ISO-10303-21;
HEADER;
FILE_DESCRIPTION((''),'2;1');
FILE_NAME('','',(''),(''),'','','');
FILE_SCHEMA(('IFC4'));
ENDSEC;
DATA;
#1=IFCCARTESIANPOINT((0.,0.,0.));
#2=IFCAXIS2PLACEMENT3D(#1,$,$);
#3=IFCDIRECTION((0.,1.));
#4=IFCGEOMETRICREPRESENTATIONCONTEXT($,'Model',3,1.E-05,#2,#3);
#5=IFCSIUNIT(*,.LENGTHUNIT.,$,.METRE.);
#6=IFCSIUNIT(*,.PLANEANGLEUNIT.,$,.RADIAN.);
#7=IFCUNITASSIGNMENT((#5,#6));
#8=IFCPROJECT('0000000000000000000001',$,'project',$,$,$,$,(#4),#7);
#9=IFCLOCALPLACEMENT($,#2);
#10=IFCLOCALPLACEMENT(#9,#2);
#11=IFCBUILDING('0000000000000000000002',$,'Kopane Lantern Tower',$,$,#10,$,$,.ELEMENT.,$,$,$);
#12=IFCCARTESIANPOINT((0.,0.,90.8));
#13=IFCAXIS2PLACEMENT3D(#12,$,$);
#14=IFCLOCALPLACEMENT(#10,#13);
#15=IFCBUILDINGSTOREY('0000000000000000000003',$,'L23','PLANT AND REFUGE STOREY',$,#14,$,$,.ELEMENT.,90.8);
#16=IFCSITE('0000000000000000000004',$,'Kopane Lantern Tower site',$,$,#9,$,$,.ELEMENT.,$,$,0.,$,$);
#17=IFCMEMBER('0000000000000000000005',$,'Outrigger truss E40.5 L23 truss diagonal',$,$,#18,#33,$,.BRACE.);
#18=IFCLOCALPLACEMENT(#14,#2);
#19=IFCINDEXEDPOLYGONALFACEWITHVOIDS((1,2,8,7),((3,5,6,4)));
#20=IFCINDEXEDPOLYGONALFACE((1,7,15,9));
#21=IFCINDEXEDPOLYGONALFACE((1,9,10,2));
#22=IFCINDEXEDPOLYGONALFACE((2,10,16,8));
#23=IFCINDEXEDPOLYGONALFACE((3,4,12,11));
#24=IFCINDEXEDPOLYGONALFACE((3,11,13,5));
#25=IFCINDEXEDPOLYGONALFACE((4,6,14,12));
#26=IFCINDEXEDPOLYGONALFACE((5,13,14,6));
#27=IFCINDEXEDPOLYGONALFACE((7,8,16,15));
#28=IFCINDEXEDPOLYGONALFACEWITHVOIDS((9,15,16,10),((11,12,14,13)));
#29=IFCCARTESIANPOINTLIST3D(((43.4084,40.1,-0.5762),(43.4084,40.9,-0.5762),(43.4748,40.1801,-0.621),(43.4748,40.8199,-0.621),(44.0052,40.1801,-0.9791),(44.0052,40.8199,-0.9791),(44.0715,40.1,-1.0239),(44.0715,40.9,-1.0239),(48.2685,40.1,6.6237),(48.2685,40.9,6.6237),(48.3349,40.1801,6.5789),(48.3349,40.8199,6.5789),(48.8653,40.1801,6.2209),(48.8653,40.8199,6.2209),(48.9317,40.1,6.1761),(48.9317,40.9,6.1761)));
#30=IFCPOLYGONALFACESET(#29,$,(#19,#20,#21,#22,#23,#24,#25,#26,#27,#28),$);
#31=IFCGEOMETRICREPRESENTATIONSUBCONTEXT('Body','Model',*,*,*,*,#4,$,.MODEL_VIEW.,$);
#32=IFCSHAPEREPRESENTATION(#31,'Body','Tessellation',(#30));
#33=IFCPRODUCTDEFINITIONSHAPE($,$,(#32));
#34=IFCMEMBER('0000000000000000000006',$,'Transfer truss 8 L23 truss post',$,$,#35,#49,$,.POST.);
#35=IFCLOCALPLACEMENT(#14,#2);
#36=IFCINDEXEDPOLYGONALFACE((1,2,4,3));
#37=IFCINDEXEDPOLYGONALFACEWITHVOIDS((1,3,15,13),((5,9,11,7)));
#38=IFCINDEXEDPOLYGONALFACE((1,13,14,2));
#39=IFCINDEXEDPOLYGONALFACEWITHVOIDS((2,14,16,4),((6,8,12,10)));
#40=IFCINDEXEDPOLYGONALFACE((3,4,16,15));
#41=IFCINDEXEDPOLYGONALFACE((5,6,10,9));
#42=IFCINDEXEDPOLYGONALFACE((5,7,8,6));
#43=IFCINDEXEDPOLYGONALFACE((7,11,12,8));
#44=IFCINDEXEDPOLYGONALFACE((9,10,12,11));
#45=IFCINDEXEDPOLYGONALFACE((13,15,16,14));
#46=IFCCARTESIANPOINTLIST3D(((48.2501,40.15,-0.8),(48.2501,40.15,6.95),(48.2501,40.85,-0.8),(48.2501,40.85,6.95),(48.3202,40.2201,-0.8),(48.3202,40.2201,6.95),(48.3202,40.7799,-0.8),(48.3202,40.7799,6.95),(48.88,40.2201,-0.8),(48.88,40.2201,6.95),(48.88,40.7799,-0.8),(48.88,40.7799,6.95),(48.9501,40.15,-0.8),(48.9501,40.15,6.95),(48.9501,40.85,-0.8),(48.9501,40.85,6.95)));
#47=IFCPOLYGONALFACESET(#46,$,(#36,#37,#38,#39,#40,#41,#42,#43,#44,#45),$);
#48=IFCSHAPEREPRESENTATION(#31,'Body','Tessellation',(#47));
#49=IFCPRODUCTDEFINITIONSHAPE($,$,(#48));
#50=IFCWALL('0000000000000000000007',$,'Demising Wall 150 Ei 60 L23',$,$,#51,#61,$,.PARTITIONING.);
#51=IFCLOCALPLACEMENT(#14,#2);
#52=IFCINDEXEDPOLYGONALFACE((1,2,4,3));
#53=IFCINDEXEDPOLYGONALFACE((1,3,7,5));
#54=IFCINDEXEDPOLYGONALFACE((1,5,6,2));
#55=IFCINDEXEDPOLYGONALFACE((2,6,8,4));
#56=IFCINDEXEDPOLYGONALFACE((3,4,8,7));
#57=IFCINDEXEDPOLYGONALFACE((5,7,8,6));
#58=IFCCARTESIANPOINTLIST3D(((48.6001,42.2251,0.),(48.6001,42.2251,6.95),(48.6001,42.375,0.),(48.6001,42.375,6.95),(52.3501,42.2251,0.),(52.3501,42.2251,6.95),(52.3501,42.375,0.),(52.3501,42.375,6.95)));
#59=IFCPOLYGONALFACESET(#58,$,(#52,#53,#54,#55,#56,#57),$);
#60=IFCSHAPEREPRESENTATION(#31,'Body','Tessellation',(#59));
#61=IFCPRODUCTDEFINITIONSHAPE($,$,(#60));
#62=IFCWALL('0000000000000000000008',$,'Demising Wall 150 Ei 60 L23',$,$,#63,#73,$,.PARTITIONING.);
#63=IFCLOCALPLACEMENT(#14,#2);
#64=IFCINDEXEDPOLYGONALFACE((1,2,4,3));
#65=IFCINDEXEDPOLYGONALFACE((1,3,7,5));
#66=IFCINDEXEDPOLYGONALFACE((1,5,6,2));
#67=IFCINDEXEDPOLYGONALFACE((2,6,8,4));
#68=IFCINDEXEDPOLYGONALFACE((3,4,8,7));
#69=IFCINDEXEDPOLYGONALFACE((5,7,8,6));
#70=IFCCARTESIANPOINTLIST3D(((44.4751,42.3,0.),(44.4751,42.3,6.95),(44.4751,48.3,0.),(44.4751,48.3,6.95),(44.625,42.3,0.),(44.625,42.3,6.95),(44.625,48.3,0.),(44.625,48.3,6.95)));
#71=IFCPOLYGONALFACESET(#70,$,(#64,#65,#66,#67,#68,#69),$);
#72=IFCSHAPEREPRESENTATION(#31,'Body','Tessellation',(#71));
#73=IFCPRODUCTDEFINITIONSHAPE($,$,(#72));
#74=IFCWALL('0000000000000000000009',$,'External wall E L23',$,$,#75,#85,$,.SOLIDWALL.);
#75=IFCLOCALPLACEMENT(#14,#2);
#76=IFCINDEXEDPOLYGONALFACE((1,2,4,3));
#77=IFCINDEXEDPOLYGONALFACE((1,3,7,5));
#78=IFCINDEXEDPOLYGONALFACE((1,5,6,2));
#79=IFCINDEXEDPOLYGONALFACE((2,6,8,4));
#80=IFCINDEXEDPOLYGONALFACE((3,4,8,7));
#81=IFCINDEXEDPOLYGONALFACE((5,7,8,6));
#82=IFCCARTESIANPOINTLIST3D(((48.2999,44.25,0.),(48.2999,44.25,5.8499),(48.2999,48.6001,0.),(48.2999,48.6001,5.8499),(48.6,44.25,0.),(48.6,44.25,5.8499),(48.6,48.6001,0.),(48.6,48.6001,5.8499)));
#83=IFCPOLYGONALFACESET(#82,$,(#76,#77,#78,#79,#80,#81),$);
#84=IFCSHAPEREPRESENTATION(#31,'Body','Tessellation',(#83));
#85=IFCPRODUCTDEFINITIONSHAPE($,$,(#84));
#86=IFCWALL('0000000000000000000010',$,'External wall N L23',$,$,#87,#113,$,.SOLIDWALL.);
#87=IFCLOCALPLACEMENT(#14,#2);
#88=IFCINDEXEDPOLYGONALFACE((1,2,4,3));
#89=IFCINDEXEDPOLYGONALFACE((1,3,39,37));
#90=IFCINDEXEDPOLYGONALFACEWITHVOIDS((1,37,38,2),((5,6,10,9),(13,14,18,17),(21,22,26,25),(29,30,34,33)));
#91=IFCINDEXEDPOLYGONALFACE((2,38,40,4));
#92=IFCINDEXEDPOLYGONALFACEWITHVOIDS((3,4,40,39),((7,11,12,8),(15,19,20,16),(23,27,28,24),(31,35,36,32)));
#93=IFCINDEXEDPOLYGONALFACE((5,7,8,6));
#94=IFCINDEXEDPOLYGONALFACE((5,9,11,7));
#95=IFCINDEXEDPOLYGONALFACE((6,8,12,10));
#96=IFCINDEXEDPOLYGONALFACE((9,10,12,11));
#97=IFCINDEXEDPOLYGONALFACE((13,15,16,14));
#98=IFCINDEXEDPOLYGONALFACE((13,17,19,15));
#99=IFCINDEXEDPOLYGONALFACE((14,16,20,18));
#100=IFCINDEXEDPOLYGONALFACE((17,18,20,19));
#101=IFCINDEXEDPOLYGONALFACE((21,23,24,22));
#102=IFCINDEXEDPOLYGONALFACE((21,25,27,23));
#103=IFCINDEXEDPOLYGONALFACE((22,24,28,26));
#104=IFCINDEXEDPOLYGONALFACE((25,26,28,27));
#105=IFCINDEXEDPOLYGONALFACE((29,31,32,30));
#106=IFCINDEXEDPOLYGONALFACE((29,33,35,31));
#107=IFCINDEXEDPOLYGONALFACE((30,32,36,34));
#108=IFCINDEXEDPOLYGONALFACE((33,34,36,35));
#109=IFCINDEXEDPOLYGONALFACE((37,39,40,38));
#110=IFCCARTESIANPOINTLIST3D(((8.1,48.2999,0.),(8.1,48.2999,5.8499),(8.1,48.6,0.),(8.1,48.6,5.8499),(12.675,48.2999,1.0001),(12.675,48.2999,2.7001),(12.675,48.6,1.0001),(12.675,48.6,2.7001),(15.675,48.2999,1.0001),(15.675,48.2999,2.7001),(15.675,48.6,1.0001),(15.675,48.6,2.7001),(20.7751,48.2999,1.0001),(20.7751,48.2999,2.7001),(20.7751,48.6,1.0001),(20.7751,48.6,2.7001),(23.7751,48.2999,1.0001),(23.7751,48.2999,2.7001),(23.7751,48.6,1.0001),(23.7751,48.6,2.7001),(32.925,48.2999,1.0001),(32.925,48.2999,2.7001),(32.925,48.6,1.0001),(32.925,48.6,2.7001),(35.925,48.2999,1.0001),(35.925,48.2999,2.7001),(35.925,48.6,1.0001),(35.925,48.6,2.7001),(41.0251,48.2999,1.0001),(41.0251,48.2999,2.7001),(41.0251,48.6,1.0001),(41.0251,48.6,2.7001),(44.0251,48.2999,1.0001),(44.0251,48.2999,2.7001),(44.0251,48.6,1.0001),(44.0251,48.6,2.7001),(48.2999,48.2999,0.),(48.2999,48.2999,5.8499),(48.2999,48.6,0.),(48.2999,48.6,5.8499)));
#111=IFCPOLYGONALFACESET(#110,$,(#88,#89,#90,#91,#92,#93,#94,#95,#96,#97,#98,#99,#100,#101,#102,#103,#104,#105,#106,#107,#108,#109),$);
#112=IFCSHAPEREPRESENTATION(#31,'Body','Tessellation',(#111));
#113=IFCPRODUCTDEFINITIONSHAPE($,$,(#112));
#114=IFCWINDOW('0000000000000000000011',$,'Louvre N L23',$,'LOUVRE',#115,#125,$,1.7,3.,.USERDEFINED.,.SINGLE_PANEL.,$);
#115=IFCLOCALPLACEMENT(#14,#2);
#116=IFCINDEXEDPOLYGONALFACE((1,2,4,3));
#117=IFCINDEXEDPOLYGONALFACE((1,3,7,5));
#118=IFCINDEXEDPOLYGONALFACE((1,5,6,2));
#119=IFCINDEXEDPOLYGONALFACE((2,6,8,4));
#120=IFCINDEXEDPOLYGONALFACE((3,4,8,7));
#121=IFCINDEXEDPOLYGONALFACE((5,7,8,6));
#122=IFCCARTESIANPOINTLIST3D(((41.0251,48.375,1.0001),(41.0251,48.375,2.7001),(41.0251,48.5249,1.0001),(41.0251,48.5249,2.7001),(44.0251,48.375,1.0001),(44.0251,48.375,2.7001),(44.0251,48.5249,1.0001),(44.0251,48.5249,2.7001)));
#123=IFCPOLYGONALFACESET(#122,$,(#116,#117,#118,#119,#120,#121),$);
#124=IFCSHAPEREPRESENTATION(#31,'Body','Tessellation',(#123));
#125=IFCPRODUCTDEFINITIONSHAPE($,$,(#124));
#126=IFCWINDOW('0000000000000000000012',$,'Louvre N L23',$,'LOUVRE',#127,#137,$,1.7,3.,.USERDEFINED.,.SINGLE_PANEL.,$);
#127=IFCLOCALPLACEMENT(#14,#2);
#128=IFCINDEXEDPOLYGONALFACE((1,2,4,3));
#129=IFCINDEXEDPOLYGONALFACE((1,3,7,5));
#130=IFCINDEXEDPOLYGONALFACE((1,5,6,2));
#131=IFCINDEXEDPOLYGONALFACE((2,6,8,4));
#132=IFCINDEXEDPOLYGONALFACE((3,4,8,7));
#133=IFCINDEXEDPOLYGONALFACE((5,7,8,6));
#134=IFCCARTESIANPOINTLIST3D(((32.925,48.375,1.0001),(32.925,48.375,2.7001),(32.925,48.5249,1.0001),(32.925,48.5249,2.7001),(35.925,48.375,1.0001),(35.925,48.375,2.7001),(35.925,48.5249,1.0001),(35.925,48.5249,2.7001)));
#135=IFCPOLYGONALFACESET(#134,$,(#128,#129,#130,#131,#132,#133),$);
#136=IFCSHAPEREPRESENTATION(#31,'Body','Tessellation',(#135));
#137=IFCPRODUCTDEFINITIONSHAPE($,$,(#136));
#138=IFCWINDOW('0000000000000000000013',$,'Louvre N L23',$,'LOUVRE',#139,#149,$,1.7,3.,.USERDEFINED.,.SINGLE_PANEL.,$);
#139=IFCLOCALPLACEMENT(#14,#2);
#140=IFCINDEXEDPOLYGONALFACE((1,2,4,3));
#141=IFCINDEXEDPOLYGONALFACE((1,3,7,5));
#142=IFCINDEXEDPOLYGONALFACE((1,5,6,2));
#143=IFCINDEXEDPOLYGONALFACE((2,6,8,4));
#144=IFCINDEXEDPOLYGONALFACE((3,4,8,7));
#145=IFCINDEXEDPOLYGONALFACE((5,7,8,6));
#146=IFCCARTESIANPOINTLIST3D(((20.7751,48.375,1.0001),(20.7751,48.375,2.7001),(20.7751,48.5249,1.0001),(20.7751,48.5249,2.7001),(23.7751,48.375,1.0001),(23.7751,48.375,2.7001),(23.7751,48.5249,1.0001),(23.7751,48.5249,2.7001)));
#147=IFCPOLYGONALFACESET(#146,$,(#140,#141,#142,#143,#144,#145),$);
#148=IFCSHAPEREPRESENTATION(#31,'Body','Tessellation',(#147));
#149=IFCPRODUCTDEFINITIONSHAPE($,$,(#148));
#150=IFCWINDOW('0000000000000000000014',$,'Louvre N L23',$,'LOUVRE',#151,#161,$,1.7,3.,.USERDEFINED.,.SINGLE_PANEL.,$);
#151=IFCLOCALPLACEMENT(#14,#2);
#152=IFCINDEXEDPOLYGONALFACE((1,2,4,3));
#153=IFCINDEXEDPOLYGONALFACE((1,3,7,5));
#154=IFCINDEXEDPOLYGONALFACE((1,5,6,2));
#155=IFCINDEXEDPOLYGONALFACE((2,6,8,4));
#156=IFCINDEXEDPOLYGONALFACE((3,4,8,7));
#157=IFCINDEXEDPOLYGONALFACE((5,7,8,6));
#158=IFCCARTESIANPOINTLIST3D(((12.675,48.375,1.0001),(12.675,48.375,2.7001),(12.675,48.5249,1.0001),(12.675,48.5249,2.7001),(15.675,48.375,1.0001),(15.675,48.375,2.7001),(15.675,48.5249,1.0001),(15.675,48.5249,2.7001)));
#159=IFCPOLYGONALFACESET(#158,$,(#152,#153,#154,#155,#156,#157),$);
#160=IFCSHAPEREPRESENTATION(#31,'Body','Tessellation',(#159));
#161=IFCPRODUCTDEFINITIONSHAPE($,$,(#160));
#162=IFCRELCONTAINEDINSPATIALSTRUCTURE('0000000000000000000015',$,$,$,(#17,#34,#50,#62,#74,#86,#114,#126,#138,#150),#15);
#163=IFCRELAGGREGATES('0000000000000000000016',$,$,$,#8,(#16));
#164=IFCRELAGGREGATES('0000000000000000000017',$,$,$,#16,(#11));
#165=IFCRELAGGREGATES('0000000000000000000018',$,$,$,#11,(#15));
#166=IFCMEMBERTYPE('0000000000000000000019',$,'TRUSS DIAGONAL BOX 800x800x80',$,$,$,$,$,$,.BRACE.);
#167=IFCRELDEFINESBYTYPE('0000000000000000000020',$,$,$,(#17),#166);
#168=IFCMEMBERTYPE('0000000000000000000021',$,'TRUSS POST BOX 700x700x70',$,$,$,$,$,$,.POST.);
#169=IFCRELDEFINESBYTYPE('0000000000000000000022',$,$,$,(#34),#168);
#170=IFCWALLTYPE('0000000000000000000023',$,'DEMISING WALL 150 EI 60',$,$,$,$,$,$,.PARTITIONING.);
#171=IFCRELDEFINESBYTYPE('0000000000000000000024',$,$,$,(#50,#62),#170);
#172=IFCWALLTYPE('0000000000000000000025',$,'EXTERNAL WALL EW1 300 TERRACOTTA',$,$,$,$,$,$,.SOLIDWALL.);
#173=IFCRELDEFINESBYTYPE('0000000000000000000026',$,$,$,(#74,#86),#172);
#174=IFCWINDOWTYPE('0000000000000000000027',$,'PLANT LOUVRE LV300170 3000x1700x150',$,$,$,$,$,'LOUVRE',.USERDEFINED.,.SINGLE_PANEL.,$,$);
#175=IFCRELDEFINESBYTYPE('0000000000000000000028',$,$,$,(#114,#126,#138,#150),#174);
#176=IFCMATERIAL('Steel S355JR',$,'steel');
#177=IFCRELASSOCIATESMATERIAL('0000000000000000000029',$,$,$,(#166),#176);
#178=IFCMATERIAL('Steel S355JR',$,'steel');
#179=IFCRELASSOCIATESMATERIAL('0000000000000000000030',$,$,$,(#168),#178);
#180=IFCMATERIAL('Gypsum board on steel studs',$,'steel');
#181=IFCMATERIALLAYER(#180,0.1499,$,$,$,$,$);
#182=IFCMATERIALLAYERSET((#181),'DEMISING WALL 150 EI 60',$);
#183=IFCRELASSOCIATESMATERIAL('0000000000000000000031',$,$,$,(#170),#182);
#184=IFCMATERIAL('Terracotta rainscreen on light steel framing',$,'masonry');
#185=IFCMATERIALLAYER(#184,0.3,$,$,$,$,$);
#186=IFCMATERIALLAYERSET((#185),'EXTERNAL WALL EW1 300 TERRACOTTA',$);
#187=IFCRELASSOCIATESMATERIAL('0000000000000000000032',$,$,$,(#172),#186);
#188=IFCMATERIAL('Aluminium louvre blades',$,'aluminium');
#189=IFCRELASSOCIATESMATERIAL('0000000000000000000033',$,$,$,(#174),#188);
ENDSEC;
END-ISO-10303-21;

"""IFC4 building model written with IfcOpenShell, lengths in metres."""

from ifc_helpers import new_model, si_unit, direction, frame, frame_2d, origin, origin_2d, place, context, subcontext, project, spatial, rectangle, hollow_rectangle, extrude, material, layer, layer_set, material_profile, profile_set, type_object, element, fill, save


model = new_model("IFC4")

# Units and contexts
model_context = context("Model", 3, precision=1e-05, world=origin(), true_north=direction((0.0, 1.0)))
body_context = subcontext(model_context, "Body", "Model", "MODEL_VIEW")
ifc_project = project(units=[si_unit("LENGTHUNIT", "METRE"), si_unit("PLANEANGLEUNIT", "RADIAN")], contexts=[model_context])

# Site, building, storey
site_placement = place(None, origin())
site = spatial("IfcSite", under=ifc_project, at=site_placement, Name="Kopane Lantern Tower site", CompositionType="ELEMENT", RefElevation=0.0)
building_placement = place(site_placement, origin())
building = spatial("IfcBuilding", under=site, at=building_placement, Name="Kopane Lantern Tower", CompositionType="ELEMENT")
storey_placement = place(building_placement, frame((0.0, 0.0, 90.8)))
storey = spatial("IfcBuildingStorey", under=building, at=storey_placement, Name="L23", Description="PLANT AND REFUGE STOREY", CompositionType="ELEMENT", Elevation=90.8)

# Members
ifc_material_1 = material(Name="Steel S355JR", Category="steel")
ifc_material_profile_1 = material_profile(ifc_material_1, hollow_rectangle(XDim=0.8, YDim=0.8, WallThickness=0.0801, at=origin_2d()), Name="BOX 800x800x80")
ifc_profile_set_1 = profile_set([ifc_material_profile_1], Name="Steel S355JR")
member_type_1 = type_object("IfcMemberType", Name="TRUSS DIAGONAL BOX 800x800x80", PredefinedType="BRACE", material=ifc_profile_set_1)
member_1_placement = place(storey_placement, frame((48.6001, 40.5, 6.3999), z_axis=(-0.559484, 0.0, -0.828841), x_axis=(0.0, -1.0, 0.0)))
element("IfcMember", 1, at=member_1_placement, inside=storey, type_object=member_type_1, Name="Outrigger truss E40.5 L23 truss diagonal", PredefinedType="BRACE", context=body_context, shape_type="SweptSolid", body=[
    extrude(hollow_rectangle(XDim=0.8, YDim=0.8, WallThickness=0.0801, at=origin_2d()), origin(), (0.0, 0.0, 1.0), 8.6868),
])
ifc_material_2 = material(Name="Steel S355JR", Category="steel")
ifc_material_profile_2 = material_profile(ifc_material_2, hollow_rectangle(XDim=0.7, YDim=0.7, WallThickness=0.0701, at=origin_2d()), Name="BOX 700x700x70")
ifc_profile_set_2 = profile_set([ifc_material_profile_2], Name="Steel S355JR")
member_type_2 = type_object("IfcMemberType", Name="TRUSS POST BOX 700x700x70", PredefinedType="POST", material=ifc_profile_set_2)
member_2_placement = place(storey_placement, frame((48.6001, 40.5, -0.8), z_axis=(0.0, 0.0, 1.0), x_axis=(1.0, 0.0, 0.0)))
element("IfcMember", 2, at=member_2_placement, inside=storey, type_object=member_type_2, Name="Transfer truss 8 L23 truss post", PredefinedType="POST", context=body_context, shape_type="SweptSolid", body=[
    extrude(hollow_rectangle(XDim=0.7, YDim=0.7, WallThickness=0.0701, at=origin_2d()), origin(), (0.0, 0.0, 1.0), 7.75),
])

# Walls
ifc_material_3 = material(Name="Gypsum board on steel studs", Category="steel")
ifc_layer_1 = layer(ifc_material_3, 0.1499)
ifc_layer_set_1 = layer_set([ifc_layer_1], Name="DEMISING WALL 150 EI 60")
wall_type_1 = type_object("IfcWallType", Name="DEMISING WALL 150 EI 60", PredefinedType="PARTITIONING", material=ifc_layer_set_1)
wall_1_placement = place(storey_placement, frame((48.6001, 42.3, 0.0), z_axis=(0.0, 0.0, 1.0), x_axis=(1.0, 0.0, 0.0)))
element("IfcWall", 3, at=wall_1_placement, inside=storey, type_object=wall_type_1, Name="Demising Wall 150 Ei 60 L23", PredefinedType="PARTITIONING", context=body_context, shape_type="SweptSolid", body=[
    extrude(rectangle(XDim=3.75, YDim=0.1499, at=frame_2d((1.875, 0.0))), origin(), (0.0, 0.0, 1.0), 6.95),
])
wall_2_placement = place(storey_placement, frame((44.55, 42.3, 0.0), z_axis=(0.0, 0.0, 1.0), x_axis=(0.0, 1.0, 0.0)))
element("IfcWall", 4, at=wall_2_placement, inside=storey, type_object=wall_type_1, Name="Demising Wall 150 Ei 60 L23", PredefinedType="PARTITIONING", context=body_context, shape_type="SweptSolid", body=[
    extrude(rectangle(XDim=6.0, YDim=0.1499, at=frame_2d((3.0, 0.0))), origin(), (0.0, 0.0, 1.0), 6.95),
])
ifc_material_4 = material(Name="Terracotta rainscreen on light steel framing", Category="masonry")
ifc_layer_2 = layer(ifc_material_4, 0.3)
ifc_layer_set_2 = layer_set([ifc_layer_2], Name="EXTERNAL WALL EW1 300 TERRACOTTA")
wall_type_2 = type_object("IfcWallType", Name="EXTERNAL WALL EW1 300 TERRACOTTA", PredefinedType="SOLIDWALL", material=ifc_layer_set_2)
wall_3_placement = place(storey_placement, frame((48.45, 44.25, 0.0), z_axis=(0.0, 0.0, 1.0), x_axis=(0.0, 1.0, 0.0)))
element("IfcWall", 5, at=wall_3_placement, inside=storey, type_object=wall_type_2, Name="External wall E L23", PredefinedType="SOLIDWALL", context=body_context, shape_type="SweptSolid", body=[
    extrude(rectangle(XDim=4.3501, YDim=0.3, at=frame_2d((2.175, 0.0))), origin(), (0.0, 0.0, 1.0), 5.8499),
])

# Wall, openings, windows
wall_4_placement = place(storey_placement, frame((48.3, 48.45, 0.0), z_axis=(0.0, 0.0, 1.0), x_axis=(-1.0, 0.0, 0.0)))
wall_4 = element("IfcWall", 6, at=wall_4_placement, inside=storey, type_object=wall_type_2, Name="External wall N L23", PredefinedType="SOLIDWALL", context=body_context, shape_type="SweptSolid", body=[
    extrude(rectangle(XDim=40.2, YDim=0.3, at=frame_2d((20.1001, 0.0))), origin(), (0.0, 0.0, 1.0), 5.8499),
])
opening_1_placement = place(wall_4_placement, frame((4.2749, 0.0, 1.0)))
opening_1 = element("IfcOpeningElement", 7, at=opening_1_placement, cuts=wall_4, PredefinedType="OPENING", context=body_context, shape_type="SweptSolid", body=[
    extrude(rectangle(XDim=3.0, YDim=1.7, at=frame_2d((1.5, 0.8501))), frame((0.0, 0.1599, 0.0), z_axis=(0.0, -1.0, 0.0), x_axis=(1.0, 0.0, 0.0)), (0.0, 0.0, 1.0), 0.3201),
])
opening_2_placement = place(wall_4_placement, frame((12.375, 0.0, 1.0)))
opening_2 = element("IfcOpeningElement", 8, at=opening_2_placement, cuts=wall_4, PredefinedType="OPENING", context=body_context, shape_type="SweptSolid", body=[
    extrude(rectangle(XDim=3.0, YDim=1.7, at=frame_2d((1.5, 0.8501))), frame((0.0, 0.1599, 0.0), z_axis=(0.0, -1.0, 0.0), x_axis=(1.0, 0.0, 0.0)), (0.0, 0.0, 1.0), 0.3201),
])
opening_3_placement = place(wall_4_placement, frame((24.5249, 0.0, 1.0)))
opening_3 = element("IfcOpeningElement", 9, at=opening_3_placement, cuts=wall_4, PredefinedType="OPENING", context=body_context, shape_type="SweptSolid", body=[
    extrude(rectangle(XDim=3.0, YDim=1.7, at=frame_2d((1.5, 0.8501))), frame((0.0, 0.1599, 0.0), z_axis=(0.0, -1.0, 0.0), x_axis=(1.0, 0.0, 0.0)), (0.0, 0.0, 1.0), 0.3201),
])
opening_4_placement = place(wall_4_placement, frame((32.625, 0.0, 1.0)))
opening_4 = element("IfcOpeningElement", 10, at=opening_4_placement, cuts=wall_4, PredefinedType="OPENING", context=body_context, shape_type="SweptSolid", body=[
    extrude(rectangle(XDim=3.0, YDim=1.7, at=frame_2d((1.5, 0.8501))), frame((0.0, 0.1599, 0.0), z_axis=(0.0, -1.0, 0.0), x_axis=(1.0, 0.0, 0.0)), (0.0, 0.0, 1.0), 0.3201),
])
ifc_material_5 = material(Name="Aluminium louvre blades", Category="aluminium")
window_type = type_object("IfcWindowType", Name="PLANT LOUVRE LV300170 3000x1700x150", ElementType="LOUVRE", PartitioningType="SINGLE_PANEL", PredefinedType="USERDEFINED", material=ifc_material_5)
window_1_placement = place(opening_1_placement, origin())
window_1 = element("IfcWindow", 11, at=window_1_placement, inside=storey, type_object=window_type, Name="Louvre N L23", ObjectType="LOUVRE", OverallHeight=1.7, OverallWidth=3.0, PartitioningType="SINGLE_PANEL", PredefinedType="USERDEFINED", context=body_context, shape_type="SweptSolid", body=[
    extrude(rectangle(XDim=3.0, YDim=1.7, at=frame_2d((1.5, 0.8501))), frame((0.0, 0.075, 0.0), z_axis=(0.0, -1.0, 0.0), x_axis=(1.0, 0.0, 0.0)), (0.0, 0.0, 1.0), 0.1499),
])
fill(opening_1, window_1)
window_2_placement = place(opening_2_placement, origin())
window_2 = element("IfcWindow", 12, at=window_2_placement, inside=storey, type_object=window_type, Name="Louvre N L23", ObjectType="LOUVRE", OverallHeight=1.7, OverallWidth=3.0, PartitioningType="SINGLE_PANEL", PredefinedType="USERDEFINED", context=body_context, shape_type="SweptSolid", body=[
    extrude(rectangle(XDim=3.0, YDim=1.7, at=frame_2d((1.5, 0.8501))), frame((0.0, 0.075, 0.0), z_axis=(0.0, -1.0, 0.0), x_axis=(1.0, 0.0, 0.0)), (0.0, 0.0, 1.0), 0.1499),
])
fill(opening_2, window_2)
window_3_placement = place(opening_3_placement, origin())
window_3 = element("IfcWindow", 13, at=window_3_placement, inside=storey, type_object=window_type, Name="Louvre N L23", ObjectType="LOUVRE", OverallHeight=1.7, OverallWidth=3.0, PartitioningType="SINGLE_PANEL", PredefinedType="USERDEFINED", context=body_context, shape_type="SweptSolid", body=[
    extrude(rectangle(XDim=3.0, YDim=1.7, at=frame_2d((1.5, 0.8501))), frame((0.0, 0.075, 0.0), z_axis=(0.0, -1.0, 0.0), x_axis=(1.0, 0.0, 0.0)), (0.0, 0.0, 1.0), 0.1499),
])
fill(opening_3, window_3)
window_4_placement = place(opening_4_placement, origin())
window_4 = element("IfcWindow", 14, at=window_4_placement, inside=storey, type_object=window_type, Name="Louvre N L23", ObjectType="LOUVRE", OverallHeight=1.7, OverallWidth=3.0, PartitioningType="SINGLE_PANEL", PredefinedType="USERDEFINED", context=body_context, shape_type="SweptSolid", body=[
    extrude(rectangle(XDim=3.0, YDim=1.7, at=frame_2d((1.5, 0.8501))), frame((0.0, 0.075, 0.0), z_axis=(0.0, -1.0, 0.0), x_axis=(1.0, 0.0, 0.0)), (0.0, 0.0, 1.0), 0.1499),
])
fill(opening_4, window_4)

save(model, "model.ifc")
